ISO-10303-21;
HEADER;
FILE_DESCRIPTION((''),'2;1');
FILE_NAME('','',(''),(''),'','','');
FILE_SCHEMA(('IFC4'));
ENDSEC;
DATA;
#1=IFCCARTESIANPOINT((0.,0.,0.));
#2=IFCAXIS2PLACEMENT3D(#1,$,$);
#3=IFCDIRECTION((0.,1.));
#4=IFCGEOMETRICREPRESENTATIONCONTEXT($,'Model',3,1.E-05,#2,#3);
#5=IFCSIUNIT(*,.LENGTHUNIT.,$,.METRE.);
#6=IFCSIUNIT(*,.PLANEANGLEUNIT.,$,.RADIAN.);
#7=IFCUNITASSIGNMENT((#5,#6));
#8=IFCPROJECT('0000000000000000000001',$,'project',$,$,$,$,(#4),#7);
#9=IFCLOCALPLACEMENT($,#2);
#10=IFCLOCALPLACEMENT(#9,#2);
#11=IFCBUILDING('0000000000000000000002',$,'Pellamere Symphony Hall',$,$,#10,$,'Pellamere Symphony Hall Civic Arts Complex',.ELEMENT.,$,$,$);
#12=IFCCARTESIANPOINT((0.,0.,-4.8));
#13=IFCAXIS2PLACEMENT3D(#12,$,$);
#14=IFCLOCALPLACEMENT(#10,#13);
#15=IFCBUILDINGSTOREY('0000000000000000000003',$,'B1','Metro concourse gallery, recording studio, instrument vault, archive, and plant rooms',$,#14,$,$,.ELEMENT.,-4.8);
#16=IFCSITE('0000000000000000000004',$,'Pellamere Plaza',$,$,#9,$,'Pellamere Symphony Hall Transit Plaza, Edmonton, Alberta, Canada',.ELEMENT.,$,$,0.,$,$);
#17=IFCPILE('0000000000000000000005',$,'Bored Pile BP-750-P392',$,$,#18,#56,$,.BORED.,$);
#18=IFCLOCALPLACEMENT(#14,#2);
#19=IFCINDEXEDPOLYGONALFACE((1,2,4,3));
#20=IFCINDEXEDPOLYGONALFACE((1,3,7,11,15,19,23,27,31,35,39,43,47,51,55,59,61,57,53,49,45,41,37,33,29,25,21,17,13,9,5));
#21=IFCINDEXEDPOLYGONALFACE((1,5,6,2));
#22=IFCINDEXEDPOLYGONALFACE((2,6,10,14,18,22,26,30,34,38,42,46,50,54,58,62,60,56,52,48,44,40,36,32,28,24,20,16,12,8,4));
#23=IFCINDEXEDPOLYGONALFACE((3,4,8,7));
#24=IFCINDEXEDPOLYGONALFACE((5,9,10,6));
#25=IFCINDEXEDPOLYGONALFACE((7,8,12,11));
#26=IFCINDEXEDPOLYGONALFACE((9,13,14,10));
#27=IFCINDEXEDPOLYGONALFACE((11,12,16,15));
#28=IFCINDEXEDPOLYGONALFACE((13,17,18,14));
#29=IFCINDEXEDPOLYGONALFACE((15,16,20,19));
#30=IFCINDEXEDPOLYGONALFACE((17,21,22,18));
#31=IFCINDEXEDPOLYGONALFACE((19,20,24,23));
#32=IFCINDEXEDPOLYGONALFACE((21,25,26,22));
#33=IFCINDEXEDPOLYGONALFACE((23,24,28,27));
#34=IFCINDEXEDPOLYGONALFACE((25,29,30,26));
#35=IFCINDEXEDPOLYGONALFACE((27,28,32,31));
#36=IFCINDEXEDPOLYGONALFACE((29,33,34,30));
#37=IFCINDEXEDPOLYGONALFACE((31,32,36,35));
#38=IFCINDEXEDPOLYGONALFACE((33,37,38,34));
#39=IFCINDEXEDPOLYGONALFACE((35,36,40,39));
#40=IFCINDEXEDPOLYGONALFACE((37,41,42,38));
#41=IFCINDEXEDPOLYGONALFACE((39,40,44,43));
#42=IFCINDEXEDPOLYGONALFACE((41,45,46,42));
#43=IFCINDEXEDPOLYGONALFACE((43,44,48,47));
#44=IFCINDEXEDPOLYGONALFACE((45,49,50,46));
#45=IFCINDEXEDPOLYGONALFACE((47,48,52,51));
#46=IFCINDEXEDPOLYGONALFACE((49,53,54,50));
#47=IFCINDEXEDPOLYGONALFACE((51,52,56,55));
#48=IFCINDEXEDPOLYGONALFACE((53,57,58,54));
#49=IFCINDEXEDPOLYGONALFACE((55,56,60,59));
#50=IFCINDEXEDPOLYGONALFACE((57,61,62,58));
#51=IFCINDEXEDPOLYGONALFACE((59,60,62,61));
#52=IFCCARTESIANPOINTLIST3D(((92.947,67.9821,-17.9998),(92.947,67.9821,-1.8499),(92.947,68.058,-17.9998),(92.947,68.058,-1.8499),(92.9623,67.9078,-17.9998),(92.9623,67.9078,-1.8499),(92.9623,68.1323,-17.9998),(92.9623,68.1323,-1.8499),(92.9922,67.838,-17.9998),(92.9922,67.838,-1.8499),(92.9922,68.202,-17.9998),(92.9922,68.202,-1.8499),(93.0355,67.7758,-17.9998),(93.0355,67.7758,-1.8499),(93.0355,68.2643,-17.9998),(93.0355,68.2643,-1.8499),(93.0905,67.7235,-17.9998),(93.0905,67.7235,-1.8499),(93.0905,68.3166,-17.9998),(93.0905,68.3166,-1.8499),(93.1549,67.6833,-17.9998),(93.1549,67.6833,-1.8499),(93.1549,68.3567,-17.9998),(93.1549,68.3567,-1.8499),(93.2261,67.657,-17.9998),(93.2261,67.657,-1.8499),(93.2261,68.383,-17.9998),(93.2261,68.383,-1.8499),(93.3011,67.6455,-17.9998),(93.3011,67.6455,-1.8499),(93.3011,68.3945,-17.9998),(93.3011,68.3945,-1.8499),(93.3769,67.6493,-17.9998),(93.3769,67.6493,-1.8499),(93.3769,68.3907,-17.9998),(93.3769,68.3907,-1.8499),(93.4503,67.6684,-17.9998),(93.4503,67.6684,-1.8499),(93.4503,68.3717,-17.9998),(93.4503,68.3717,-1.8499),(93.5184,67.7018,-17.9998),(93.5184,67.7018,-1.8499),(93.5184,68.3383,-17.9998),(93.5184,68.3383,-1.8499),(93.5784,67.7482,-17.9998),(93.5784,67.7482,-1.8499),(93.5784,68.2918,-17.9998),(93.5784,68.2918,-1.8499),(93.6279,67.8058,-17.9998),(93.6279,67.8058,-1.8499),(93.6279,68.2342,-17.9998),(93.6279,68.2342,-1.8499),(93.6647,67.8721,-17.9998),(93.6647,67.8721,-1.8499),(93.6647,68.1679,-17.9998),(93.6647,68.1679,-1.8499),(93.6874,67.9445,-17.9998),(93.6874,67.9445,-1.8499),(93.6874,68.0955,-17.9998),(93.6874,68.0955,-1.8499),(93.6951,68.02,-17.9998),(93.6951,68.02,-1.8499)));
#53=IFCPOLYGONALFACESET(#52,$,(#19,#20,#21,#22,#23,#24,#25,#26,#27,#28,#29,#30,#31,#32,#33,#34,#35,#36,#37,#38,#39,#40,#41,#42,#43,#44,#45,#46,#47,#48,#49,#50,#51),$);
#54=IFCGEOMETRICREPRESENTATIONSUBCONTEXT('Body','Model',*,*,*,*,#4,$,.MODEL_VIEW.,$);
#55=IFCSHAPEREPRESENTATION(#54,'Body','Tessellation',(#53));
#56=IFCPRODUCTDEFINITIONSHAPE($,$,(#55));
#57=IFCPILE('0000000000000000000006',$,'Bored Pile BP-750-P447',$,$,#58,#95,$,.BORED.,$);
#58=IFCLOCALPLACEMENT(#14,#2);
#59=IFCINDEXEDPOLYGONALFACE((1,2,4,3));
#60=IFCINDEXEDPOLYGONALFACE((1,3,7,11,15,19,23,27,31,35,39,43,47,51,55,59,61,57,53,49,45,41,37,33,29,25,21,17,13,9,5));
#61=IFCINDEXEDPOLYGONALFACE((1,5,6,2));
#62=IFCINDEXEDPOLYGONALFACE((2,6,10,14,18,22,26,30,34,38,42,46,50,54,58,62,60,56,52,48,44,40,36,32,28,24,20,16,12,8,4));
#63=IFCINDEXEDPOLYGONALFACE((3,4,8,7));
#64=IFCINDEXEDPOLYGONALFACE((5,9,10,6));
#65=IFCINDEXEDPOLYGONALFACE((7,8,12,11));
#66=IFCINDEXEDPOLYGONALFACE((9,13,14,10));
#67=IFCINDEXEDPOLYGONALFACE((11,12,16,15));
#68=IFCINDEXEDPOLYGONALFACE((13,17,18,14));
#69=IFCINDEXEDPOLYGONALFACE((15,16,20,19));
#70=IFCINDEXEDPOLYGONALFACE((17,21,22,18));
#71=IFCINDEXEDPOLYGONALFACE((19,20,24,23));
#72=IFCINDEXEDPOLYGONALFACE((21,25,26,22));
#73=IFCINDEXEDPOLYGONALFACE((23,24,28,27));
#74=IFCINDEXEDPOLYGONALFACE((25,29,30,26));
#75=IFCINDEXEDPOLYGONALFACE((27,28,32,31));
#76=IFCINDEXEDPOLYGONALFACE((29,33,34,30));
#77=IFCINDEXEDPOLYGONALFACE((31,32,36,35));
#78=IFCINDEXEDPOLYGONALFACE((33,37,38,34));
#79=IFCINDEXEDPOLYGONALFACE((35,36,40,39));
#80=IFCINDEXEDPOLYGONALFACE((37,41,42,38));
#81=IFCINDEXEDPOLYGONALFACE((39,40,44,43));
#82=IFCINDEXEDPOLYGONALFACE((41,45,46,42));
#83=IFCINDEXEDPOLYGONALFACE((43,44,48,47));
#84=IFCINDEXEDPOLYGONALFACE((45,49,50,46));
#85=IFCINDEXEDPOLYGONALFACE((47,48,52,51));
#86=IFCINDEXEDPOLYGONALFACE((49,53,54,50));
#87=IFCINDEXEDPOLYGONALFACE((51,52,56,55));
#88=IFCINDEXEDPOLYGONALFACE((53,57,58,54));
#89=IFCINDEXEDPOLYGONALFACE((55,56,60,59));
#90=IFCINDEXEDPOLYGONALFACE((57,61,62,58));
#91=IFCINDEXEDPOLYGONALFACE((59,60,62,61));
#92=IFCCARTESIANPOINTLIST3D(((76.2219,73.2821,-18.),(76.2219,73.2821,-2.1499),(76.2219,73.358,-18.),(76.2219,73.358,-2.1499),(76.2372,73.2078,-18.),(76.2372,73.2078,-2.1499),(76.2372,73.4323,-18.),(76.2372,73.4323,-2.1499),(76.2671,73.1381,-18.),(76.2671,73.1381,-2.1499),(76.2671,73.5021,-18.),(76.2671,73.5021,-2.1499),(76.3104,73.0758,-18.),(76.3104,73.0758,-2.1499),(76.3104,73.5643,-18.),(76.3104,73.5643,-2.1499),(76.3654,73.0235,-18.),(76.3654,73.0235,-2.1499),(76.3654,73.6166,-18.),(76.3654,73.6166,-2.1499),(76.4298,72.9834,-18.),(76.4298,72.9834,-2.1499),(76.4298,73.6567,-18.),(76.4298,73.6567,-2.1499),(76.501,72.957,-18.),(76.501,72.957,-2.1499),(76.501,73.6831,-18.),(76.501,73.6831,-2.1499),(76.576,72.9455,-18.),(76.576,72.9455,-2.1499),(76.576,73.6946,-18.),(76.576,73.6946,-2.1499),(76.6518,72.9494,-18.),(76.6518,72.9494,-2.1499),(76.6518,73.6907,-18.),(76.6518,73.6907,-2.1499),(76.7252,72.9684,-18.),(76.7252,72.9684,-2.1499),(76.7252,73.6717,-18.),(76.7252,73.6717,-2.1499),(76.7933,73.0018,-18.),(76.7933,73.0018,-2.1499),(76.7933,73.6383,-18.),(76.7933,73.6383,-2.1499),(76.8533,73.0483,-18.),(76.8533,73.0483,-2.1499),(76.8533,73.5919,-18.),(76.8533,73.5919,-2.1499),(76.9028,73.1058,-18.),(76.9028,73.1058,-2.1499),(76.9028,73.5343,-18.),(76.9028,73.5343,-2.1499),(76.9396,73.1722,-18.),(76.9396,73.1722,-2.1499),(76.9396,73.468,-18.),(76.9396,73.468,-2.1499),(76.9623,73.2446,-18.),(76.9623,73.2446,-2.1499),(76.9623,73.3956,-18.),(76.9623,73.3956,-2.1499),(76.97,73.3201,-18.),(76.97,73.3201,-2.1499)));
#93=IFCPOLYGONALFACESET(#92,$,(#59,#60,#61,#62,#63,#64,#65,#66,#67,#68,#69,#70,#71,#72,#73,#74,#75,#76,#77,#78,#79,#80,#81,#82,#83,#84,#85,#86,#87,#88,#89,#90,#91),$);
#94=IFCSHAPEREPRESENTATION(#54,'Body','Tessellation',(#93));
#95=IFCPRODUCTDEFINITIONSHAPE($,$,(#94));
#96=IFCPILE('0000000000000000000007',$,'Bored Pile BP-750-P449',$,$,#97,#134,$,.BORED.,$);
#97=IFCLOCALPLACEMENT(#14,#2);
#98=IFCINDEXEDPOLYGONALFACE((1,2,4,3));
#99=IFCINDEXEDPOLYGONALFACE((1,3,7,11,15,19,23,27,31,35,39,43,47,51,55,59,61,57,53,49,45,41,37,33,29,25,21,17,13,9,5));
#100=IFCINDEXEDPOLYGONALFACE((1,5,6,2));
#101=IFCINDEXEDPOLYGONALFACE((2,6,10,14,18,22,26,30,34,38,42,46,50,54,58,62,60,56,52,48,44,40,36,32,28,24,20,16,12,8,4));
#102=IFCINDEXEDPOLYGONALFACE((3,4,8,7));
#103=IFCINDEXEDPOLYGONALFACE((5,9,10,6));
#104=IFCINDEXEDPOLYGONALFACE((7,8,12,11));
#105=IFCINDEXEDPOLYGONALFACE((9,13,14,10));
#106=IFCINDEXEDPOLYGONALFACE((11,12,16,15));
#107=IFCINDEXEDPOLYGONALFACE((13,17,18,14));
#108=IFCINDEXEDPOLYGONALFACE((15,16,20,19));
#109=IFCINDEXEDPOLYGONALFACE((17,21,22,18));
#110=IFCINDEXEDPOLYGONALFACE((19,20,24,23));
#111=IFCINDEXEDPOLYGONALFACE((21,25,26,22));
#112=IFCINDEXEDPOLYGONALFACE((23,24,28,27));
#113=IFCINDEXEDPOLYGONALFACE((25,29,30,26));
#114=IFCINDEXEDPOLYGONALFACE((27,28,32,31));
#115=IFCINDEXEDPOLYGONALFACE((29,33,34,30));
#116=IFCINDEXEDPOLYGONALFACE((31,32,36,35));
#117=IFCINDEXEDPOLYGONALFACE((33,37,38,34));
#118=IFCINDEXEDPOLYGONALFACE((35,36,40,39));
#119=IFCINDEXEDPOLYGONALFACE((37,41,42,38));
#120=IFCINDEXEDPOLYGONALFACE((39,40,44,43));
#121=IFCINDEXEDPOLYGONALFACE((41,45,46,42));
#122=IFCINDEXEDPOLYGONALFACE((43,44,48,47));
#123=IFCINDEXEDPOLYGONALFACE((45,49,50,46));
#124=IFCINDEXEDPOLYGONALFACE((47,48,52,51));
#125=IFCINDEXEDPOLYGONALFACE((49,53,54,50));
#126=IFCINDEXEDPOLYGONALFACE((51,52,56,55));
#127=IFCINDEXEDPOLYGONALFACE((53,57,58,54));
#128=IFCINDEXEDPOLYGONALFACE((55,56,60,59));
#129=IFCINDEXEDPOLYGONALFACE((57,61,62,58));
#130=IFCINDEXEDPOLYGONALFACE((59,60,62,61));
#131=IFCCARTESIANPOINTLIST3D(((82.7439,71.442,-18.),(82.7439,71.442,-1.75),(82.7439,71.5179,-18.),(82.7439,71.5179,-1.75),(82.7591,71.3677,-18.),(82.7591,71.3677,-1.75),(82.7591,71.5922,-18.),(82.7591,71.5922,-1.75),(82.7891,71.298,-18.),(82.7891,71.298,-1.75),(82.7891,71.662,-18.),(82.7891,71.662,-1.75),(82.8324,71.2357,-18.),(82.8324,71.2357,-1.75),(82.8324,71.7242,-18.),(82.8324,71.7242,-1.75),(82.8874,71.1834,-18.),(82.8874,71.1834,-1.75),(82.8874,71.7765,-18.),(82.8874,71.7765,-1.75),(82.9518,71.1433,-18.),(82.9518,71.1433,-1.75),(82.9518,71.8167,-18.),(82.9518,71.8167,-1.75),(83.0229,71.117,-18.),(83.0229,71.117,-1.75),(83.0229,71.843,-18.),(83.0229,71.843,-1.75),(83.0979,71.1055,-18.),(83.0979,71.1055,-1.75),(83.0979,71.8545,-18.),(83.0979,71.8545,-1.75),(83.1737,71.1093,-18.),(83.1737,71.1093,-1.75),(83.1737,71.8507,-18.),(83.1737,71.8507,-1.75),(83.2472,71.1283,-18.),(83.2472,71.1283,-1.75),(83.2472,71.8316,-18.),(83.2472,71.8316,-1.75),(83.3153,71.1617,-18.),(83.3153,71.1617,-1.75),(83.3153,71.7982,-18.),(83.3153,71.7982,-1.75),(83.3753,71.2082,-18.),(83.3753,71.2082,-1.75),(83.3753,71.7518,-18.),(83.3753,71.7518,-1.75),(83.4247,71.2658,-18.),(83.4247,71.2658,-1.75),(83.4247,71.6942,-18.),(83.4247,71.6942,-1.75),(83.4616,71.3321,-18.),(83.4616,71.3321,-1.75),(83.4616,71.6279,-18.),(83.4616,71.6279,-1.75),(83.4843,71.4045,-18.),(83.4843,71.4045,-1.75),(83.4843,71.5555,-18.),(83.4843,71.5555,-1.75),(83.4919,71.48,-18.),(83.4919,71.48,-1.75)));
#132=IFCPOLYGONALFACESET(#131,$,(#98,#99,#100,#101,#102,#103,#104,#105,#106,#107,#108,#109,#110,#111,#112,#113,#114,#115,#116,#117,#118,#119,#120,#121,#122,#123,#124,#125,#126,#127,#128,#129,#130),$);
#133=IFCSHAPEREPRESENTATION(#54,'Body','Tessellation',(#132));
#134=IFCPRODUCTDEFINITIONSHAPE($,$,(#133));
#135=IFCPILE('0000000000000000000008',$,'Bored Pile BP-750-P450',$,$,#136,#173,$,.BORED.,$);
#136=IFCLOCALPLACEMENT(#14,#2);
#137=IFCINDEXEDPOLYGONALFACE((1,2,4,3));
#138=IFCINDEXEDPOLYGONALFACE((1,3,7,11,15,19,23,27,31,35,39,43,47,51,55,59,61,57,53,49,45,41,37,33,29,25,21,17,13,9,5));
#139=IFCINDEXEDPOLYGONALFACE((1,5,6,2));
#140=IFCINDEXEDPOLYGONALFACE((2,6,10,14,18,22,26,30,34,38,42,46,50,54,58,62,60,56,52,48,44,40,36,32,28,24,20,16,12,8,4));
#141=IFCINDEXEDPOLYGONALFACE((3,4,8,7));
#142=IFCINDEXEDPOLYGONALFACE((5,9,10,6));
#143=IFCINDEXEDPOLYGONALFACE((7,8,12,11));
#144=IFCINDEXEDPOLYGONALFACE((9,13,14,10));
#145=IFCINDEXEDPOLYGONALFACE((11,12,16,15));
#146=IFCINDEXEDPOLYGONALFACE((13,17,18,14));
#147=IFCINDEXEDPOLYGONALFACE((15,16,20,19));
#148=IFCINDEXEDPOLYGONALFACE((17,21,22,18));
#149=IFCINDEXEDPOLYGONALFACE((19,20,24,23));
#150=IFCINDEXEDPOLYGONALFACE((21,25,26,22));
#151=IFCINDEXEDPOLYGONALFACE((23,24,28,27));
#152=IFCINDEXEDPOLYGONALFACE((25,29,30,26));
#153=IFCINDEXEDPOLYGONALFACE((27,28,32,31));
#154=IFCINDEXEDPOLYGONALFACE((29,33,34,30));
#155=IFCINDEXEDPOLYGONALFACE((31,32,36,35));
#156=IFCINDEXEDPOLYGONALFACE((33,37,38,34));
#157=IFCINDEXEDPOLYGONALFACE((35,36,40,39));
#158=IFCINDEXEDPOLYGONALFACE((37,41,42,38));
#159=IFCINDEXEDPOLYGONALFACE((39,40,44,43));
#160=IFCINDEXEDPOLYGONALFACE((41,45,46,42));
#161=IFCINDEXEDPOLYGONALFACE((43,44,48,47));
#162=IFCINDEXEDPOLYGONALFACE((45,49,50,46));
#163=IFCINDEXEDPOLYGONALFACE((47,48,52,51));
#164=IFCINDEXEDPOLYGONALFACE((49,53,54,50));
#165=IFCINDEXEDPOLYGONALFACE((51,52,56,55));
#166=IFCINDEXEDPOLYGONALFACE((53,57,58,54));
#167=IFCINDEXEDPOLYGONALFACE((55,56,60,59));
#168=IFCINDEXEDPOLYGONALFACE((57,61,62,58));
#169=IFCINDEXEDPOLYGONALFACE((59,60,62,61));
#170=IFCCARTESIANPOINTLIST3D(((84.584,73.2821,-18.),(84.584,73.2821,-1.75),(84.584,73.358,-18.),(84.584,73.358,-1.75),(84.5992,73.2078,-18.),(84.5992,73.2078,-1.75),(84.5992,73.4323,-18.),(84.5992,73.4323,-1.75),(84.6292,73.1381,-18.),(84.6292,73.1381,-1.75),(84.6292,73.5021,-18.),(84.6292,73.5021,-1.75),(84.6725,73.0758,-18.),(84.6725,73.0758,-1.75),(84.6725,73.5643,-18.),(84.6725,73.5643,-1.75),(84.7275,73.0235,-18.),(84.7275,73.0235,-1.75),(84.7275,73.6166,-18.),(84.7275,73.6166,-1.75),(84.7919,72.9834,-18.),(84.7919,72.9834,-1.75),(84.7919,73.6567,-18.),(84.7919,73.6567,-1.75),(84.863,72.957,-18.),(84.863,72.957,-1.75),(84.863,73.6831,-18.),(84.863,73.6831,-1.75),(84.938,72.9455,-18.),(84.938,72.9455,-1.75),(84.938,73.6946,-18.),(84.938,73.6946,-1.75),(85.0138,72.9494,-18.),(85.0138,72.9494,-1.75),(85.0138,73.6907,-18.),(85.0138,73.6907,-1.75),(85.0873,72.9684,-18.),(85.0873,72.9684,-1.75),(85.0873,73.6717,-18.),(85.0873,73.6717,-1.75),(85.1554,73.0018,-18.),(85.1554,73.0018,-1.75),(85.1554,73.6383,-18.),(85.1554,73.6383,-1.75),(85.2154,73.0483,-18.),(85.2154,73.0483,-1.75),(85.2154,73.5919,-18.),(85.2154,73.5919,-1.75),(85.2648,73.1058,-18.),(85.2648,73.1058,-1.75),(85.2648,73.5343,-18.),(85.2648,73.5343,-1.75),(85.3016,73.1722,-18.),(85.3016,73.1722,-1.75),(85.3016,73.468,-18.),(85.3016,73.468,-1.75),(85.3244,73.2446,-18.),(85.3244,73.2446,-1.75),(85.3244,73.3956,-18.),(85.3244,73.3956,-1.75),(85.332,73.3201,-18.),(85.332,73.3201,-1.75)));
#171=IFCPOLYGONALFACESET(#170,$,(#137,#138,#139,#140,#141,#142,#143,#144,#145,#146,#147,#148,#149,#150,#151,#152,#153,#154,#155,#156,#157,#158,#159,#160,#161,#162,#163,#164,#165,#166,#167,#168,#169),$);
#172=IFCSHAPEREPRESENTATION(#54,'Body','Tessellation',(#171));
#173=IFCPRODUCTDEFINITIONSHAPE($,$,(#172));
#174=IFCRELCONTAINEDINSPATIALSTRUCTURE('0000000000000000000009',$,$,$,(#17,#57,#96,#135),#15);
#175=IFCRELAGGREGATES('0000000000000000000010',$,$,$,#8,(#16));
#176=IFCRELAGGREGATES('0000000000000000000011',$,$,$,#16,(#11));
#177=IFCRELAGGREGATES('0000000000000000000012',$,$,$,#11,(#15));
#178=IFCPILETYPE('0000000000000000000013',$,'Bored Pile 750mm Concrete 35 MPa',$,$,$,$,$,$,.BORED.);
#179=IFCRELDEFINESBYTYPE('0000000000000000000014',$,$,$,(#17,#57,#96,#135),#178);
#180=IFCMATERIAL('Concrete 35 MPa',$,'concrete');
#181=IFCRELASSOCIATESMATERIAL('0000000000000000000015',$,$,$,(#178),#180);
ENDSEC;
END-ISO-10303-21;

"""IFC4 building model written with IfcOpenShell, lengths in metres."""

from ifc_helpers import new_model, si_unit, direction, frame, origin, origin_2d, place, context, subcontext, project, spatial, circle, extrude, material, material_profile, profile_set, type_object, element, save


model = new_model("IFC4")

# Units and contexts
model_context = context("Model", 3, precision=1e-05, world=origin(), true_north=direction((0.0, 1.0)))
body_context = subcontext(model_context, "Body", "Model", "MODEL_VIEW")
ifc_project = project(units=[si_unit("LENGTHUNIT", "METRE"), si_unit("PLANEANGLEUNIT", "RADIAN")], contexts=[model_context])

# Site, building, storey
site_placement = place(None, origin())
site = spatial("IfcSite", under=ifc_project, at=site_placement, Name="Pellamere Plaza", LongName="Pellamere Symphony Hall Transit Plaza, Edmonton, Alberta, Canada", CompositionType="ELEMENT", RefElevation=0.0)
building_placement = place(site_placement, origin())
building = spatial("IfcBuilding", under=site, at=building_placement, Name="Pellamere Symphony Hall", LongName="Pellamere Symphony Hall Civic Arts Complex", CompositionType="ELEMENT")
storey_placement = place(building_placement, frame((0.0, 0.0, -4.8)))
storey = spatial("IfcBuildingStorey", under=building, at=storey_placement, Name="B1", Description="Metro concourse gallery, recording studio, instrument vault, archive, and plant rooms", CompositionType="ELEMENT", Elevation=-4.8)

# Piles
ifc_material_1 = material(Name="Concrete 35 MPa", Category="concrete")
ifc_material_profile_1 = material_profile(ifc_material_1, circle(Radius=0.375, at=origin_2d()), Name="PILE D750")
ifc_profile_set_1 = profile_set([ifc_material_profile_1], Name="Concrete 35 MPa")
pile_type = type_object("IfcPileType", Name="Bored Pile 750mm Concrete 35 MPa", PredefinedType="BORED", material=ifc_profile_set_1)
pile_1_placement = place(storey_placement, frame((93.3201, 68.02, -1.8499), z_axis=(0.0, 0.0, -1.0), x_axis=(1.0, 0.0, 0.0)))
element("IfcPile", 1, at=pile_1_placement, inside=storey, type_object=pile_type, Name="Bored Pile BP-750-P392", PredefinedType="BORED", context=body_context, shape_type="SweptSolid", body=[
    extrude(circle(Radius=0.375, at=origin_2d()), origin(), (0.0, 0.0, 1.0), 16.1499),
])
pile_2_placement = place(storey_placement, frame((76.595, 73.3201, -2.1499), z_axis=(0.0, 0.0, -1.0), x_axis=(1.0, 0.0, 0.0)))
element("IfcPile", 2, at=pile_2_placement, inside=storey, type_object=pile_type, Name="Bored Pile BP-750-P447", PredefinedType="BORED", context=body_context, shape_type="SweptSolid", body=[
    extrude(circle(Radius=0.375, at=origin_2d()), origin(), (0.0, 0.0, 1.0), 15.8501),
])
for number, where, z_axis, x_axis, name in (
    (3, (83.1169, 71.48, -1.75), (0.0, 0.0, -1.0), (1.0, 0.0, 0.0), "Bored Pile BP-750-P449"),
    (4, (84.957, 73.3201, -1.75), (0.0, 0.0, -1.0), (1.0, 0.0, 0.0), "Bored Pile BP-750-P450"),
):
    element("IfcPile", number, at=place(storey_placement, frame(where, z_axis=z_axis, x_axis=x_axis)), inside=storey, type_object=pile_type, Name=name, PredefinedType="BORED", context=body_context, shape_type="SweptSolid", body=[
        extrude(circle(Radius=0.375, at=origin_2d()), origin(), (0.0, 0.0, 1.0), 16.25),
    ])

save(model, "model.ifc")
